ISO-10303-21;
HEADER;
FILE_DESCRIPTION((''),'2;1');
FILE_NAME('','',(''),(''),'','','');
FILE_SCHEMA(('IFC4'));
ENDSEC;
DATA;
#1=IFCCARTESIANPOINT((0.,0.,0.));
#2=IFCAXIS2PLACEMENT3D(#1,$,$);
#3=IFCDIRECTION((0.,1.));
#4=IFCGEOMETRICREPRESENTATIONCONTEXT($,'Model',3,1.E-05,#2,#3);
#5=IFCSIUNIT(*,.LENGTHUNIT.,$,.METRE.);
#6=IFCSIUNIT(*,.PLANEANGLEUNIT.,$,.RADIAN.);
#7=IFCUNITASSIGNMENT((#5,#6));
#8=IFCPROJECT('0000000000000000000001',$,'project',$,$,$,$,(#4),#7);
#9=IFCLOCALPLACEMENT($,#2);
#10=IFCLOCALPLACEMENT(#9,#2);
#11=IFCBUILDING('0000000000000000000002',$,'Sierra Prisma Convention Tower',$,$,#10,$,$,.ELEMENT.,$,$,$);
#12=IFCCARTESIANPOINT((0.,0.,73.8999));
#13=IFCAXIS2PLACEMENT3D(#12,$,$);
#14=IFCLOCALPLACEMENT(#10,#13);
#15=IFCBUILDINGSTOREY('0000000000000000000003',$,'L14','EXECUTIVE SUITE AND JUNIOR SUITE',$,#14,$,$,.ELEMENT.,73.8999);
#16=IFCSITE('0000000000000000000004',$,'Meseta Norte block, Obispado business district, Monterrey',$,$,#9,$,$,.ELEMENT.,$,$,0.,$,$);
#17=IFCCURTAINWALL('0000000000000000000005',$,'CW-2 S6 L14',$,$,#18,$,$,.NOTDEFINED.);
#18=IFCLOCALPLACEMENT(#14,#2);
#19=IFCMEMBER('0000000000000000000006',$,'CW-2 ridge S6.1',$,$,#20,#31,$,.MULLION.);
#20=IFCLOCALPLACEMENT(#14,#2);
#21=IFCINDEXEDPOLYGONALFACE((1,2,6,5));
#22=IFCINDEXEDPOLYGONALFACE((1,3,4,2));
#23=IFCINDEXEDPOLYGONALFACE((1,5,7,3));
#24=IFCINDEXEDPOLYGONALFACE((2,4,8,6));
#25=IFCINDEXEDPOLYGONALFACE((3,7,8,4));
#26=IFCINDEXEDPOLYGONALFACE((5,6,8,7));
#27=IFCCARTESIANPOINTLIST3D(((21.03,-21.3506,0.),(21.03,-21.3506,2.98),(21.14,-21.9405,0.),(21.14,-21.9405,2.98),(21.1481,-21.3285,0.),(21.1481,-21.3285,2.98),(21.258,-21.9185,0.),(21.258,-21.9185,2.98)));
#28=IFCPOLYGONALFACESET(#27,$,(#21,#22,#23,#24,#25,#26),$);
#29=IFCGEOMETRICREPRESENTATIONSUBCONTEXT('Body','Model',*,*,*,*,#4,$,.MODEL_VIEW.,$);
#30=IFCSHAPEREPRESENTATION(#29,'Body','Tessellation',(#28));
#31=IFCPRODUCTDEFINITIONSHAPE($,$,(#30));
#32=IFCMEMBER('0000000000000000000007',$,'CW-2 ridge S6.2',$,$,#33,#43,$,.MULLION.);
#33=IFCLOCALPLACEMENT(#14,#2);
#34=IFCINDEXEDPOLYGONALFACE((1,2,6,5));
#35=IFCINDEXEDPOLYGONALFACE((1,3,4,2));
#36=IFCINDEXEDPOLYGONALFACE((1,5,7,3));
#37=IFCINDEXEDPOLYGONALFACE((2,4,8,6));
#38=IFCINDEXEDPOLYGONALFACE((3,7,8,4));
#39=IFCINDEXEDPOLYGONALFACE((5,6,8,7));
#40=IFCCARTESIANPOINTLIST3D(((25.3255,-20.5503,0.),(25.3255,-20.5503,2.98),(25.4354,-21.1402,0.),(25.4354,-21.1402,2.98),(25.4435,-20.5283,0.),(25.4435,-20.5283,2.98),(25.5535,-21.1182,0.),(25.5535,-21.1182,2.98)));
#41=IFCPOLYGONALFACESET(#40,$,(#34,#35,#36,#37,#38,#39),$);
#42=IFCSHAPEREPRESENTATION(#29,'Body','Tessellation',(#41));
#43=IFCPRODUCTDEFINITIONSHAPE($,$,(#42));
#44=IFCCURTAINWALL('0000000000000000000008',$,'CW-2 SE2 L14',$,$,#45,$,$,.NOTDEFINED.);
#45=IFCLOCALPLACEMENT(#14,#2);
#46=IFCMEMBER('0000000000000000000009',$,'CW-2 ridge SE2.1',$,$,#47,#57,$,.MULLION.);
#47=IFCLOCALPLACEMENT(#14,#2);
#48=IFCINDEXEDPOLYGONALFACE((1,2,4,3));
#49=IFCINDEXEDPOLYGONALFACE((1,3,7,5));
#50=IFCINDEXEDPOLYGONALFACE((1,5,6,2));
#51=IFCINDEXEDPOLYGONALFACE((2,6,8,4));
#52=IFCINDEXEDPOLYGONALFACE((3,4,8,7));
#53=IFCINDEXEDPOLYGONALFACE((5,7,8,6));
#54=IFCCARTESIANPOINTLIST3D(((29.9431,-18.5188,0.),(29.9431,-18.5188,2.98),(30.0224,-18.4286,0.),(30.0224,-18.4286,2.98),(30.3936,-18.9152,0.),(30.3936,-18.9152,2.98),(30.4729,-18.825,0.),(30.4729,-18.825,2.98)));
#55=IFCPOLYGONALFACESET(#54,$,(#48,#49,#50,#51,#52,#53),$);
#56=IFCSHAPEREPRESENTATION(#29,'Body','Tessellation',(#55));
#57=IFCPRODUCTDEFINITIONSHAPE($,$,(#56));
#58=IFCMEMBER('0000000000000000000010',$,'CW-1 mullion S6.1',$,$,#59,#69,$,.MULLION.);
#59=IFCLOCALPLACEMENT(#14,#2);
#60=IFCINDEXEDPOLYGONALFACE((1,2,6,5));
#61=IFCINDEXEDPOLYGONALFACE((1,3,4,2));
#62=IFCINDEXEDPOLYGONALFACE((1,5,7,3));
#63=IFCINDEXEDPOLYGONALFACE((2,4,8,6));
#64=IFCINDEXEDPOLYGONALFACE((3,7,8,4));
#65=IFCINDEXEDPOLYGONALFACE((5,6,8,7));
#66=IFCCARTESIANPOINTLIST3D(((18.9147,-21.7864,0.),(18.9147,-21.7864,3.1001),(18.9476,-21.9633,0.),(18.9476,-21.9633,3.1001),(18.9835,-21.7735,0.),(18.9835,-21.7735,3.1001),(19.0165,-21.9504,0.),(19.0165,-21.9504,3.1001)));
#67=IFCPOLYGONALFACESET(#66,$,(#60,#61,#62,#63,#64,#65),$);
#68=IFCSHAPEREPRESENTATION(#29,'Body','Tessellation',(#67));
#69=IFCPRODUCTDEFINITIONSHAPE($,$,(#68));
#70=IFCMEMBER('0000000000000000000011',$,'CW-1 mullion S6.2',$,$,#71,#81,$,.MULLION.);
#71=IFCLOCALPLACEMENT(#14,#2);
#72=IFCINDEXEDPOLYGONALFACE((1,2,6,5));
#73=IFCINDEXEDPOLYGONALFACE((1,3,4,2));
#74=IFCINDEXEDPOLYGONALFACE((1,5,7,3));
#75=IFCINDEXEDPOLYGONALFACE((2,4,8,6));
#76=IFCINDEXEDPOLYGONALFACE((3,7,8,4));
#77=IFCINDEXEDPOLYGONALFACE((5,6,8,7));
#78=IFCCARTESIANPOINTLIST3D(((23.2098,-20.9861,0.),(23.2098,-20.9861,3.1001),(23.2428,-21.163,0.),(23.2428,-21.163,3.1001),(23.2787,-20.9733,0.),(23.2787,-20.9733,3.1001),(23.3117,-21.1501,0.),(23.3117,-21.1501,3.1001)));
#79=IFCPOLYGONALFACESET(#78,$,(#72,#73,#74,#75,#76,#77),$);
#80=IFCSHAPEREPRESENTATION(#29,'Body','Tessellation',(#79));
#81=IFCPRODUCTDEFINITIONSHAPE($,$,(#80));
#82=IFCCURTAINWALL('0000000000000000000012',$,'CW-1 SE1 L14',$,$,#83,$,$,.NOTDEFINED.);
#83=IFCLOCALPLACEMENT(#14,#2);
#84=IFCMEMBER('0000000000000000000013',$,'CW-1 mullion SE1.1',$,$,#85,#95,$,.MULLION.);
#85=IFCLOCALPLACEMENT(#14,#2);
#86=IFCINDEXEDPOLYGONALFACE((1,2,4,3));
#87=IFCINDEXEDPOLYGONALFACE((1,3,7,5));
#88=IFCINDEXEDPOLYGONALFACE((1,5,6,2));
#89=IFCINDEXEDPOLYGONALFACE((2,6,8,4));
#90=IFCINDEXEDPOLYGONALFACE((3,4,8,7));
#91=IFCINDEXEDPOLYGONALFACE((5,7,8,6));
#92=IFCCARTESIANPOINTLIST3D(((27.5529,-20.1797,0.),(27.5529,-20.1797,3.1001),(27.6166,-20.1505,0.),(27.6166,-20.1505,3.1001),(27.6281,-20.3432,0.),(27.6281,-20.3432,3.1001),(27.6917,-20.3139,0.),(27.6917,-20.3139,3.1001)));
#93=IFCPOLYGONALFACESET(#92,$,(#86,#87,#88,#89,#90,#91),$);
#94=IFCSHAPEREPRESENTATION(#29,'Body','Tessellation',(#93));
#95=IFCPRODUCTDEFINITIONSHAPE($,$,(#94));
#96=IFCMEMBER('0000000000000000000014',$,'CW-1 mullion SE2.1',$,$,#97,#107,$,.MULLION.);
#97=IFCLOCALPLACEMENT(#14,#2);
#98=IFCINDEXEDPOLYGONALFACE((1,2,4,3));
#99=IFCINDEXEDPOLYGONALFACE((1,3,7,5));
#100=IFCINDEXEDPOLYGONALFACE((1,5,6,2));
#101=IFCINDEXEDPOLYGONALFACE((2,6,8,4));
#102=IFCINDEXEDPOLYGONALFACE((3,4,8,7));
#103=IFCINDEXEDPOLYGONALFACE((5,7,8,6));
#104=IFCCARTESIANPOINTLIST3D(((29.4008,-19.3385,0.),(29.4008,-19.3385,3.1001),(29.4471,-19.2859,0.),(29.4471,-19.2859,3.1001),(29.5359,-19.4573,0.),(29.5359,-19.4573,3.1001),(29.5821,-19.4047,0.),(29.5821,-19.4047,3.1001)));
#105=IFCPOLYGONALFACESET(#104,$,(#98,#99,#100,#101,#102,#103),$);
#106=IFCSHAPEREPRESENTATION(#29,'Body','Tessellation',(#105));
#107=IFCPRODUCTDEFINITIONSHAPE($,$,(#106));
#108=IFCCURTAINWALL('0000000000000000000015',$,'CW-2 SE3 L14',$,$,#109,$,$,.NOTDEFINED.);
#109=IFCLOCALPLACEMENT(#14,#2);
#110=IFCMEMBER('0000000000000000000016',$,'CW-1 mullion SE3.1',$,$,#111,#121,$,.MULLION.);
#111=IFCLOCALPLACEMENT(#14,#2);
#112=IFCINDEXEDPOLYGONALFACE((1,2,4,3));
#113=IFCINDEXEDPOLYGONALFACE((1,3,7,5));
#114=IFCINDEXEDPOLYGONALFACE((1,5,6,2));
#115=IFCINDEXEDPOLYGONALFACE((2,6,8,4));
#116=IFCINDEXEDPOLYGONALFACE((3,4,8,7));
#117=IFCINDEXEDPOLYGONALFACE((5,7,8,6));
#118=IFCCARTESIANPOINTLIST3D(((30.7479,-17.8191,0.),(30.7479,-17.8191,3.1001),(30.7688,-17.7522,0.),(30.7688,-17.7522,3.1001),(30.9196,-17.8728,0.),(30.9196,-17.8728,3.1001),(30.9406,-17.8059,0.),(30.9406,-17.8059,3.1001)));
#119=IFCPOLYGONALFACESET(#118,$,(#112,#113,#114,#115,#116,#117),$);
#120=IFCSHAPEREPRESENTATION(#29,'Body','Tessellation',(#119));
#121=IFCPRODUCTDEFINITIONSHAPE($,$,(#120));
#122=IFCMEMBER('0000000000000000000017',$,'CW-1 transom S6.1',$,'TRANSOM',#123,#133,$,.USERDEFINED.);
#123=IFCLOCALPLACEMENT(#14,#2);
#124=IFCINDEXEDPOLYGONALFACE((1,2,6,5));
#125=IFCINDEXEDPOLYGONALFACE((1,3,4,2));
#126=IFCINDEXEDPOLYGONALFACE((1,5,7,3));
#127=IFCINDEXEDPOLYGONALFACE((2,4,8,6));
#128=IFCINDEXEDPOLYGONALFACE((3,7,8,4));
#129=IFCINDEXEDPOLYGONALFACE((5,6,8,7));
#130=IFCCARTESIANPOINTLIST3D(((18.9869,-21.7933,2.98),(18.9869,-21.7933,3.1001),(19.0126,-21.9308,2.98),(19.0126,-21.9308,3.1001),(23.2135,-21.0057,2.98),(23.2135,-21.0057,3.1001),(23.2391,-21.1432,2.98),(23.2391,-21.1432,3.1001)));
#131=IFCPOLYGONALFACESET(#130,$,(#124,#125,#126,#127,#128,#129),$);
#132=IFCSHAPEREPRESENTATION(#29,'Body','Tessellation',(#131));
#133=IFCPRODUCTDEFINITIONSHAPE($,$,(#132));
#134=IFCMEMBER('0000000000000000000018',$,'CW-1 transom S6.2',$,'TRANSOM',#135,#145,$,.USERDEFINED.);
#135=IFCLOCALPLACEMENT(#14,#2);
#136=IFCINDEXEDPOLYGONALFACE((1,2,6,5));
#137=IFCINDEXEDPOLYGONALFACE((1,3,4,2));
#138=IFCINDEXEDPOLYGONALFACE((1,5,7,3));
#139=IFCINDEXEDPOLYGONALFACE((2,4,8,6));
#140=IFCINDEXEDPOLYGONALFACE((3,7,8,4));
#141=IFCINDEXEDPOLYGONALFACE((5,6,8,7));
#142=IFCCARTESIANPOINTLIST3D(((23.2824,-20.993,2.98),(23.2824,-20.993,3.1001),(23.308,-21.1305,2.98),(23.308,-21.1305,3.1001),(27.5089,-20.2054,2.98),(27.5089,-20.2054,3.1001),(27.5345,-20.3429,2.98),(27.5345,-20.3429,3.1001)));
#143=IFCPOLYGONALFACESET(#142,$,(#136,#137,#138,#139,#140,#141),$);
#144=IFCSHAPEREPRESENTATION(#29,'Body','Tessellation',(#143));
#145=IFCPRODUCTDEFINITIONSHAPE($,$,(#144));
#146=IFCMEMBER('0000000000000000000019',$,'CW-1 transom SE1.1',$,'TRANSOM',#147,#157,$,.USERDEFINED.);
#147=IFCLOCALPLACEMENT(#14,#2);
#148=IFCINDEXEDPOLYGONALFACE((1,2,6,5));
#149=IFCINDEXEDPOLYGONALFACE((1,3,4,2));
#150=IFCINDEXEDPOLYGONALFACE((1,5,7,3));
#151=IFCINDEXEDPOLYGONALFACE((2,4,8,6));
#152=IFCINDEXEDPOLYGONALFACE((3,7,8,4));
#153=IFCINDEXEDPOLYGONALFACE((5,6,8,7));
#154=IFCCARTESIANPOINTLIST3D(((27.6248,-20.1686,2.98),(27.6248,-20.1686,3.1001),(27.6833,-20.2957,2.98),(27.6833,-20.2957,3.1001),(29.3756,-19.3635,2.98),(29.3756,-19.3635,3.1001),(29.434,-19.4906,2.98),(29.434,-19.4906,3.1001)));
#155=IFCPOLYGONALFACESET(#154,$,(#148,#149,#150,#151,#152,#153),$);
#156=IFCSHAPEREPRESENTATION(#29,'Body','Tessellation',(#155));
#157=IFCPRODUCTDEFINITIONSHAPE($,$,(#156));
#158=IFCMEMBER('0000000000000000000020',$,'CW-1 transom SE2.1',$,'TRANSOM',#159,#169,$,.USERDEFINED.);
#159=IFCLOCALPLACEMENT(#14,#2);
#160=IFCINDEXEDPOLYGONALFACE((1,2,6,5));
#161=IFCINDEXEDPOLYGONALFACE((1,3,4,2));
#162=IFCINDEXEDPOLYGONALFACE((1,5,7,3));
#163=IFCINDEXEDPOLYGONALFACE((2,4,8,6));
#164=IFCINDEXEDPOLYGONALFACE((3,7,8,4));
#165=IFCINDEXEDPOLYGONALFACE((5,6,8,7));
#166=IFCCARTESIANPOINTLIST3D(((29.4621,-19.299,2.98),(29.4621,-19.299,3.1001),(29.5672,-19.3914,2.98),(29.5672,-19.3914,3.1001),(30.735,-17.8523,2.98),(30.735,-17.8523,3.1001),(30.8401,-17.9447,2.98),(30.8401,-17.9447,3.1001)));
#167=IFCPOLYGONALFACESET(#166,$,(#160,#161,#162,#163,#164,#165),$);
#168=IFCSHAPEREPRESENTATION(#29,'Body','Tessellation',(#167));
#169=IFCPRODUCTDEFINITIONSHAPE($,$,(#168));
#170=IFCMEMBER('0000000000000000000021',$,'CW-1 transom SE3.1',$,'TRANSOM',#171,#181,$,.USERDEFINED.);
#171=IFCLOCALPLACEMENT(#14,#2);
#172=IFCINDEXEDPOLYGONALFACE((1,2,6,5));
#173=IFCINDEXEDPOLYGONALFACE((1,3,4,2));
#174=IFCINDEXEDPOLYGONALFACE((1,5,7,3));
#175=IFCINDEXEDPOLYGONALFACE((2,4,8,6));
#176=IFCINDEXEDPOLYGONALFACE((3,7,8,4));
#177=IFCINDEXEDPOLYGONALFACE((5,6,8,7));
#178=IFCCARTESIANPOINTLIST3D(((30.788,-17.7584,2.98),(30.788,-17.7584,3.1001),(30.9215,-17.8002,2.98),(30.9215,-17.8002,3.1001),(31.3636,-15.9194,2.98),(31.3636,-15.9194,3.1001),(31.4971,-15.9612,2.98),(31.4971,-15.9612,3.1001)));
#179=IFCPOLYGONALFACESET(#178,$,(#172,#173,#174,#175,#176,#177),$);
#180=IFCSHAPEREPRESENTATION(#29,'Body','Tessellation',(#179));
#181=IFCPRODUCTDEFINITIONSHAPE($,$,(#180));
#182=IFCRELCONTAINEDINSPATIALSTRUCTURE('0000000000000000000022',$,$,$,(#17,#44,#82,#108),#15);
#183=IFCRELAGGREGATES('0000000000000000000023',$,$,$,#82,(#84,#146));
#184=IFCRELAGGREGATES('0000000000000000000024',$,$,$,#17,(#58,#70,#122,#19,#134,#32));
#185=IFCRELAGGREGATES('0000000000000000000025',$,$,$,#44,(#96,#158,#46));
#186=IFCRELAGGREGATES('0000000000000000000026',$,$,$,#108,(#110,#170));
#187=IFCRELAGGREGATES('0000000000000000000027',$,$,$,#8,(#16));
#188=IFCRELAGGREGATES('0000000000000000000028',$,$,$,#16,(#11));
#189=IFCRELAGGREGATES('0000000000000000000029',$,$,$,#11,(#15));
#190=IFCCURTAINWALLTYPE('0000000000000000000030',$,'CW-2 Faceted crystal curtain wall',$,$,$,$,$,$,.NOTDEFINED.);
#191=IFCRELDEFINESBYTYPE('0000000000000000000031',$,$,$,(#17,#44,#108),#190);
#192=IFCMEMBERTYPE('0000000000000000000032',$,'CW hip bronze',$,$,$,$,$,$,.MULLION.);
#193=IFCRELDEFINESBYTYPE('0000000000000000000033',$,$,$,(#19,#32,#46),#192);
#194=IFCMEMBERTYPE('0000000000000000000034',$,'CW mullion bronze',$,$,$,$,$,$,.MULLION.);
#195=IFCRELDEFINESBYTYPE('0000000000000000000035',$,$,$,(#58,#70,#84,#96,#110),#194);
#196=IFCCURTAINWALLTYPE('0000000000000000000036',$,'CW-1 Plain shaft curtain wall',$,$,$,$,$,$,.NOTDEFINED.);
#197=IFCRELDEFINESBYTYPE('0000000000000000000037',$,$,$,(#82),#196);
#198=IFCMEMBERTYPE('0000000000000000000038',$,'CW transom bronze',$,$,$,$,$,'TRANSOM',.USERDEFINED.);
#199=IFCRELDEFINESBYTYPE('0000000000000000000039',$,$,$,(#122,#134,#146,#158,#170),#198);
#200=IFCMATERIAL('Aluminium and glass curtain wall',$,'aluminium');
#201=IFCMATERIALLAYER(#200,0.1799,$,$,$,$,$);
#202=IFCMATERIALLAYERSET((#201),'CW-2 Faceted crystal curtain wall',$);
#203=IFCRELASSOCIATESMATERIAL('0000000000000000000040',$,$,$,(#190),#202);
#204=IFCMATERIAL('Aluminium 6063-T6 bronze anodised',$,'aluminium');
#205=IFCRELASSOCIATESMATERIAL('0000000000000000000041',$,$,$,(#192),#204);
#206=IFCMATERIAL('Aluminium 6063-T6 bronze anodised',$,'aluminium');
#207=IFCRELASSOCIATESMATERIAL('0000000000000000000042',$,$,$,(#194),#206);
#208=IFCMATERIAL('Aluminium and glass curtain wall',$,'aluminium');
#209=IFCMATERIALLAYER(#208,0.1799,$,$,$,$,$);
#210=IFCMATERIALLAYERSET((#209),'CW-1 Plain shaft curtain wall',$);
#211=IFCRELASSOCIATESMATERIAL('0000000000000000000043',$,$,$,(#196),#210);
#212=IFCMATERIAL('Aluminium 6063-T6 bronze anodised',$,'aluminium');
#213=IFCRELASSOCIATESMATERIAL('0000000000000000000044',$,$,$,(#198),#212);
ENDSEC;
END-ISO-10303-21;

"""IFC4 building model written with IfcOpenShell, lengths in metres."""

from ifc_helpers import new_model, si_unit, direction, frame, origin, origin_2d, place, context, subcontext, project, spatial, rectangle, extrude, material, layer, layer_set, material_profile, profile_set, type_object, element, aggregate, save


model = new_model("IFC4")

# Units and contexts
model_context = context("Model", 3, precision=1e-05, world=origin(), true_north=direction((0.0, 1.0)))
body_context = subcontext(model_context, "Body", "Model", "MODEL_VIEW")
ifc_project = project(units=[si_unit("LENGTHUNIT", "METRE"), si_unit("PLANEANGLEUNIT", "RADIAN")], contexts=[model_context])

# Site, building, storey
site_placement = place(None, origin())
site = spatial("IfcSite", under=ifc_project, at=site_placement, Name="Meseta Norte block, Obispado business district, Monterrey", CompositionType="ELEMENT", RefElevation=0.0)
building_placement = place(site_placement, origin())
building = spatial("IfcBuilding", under=site, at=building_placement, Name="Sierra Prisma Convention Tower", CompositionType="ELEMENT")
storey_placement = place(building_placement, frame((0.0, 0.0, 73.8999)))
storey = spatial("IfcBuildingStorey", under=building, at=storey_placement, Name="L14", Description="EXECUTIVE SUITE AND JUNIOR SUITE", CompositionType="ELEMENT", Elevation=73.8999)

# Curtain wall, members
ifc_material_1 = material(Name="Aluminium and glass curtain wall", Category="aluminium")
ifc_layer_1 = layer(ifc_material_1, 0.1799)
ifc_layer_set_1 = layer_set([ifc_layer_1], Name="CW-2 Faceted crystal curtain wall")
curtain_wall_type_1 = type_object("IfcCurtainWallType", Name="CW-2 Faceted crystal curtain wall", PredefinedType="NOTDEFINED", material=ifc_layer_set_1)
curtain_wall_1_placement = place(storey_placement, origin())
curtain_wall_1 = element("IfcCurtainWall", 1, at=curtain_wall_1_placement, inside=storey, type_object=curtain_wall_type_1, Name="CW-2 S6 L14", PredefinedType="NOTDEFINED")
ifc_material_2 = material(Name="Aluminium 6063-T6 bronze anodised", Category="aluminium")
ifc_material_profile_1 = material_profile(ifc_material_2, rectangle(XDim=0.1201, YDim=0.6001, at=origin_2d()), Name="ALU RIDGE BLADE 120x600")
ifc_profile_set_1 = profile_set([ifc_material_profile_1], Name="Aluminium 6063-T6 bronze anodised")
member_type_1 = type_object("IfcMemberType", Name="CW hip bronze", PredefinedType="MULLION", material=ifc_profile_set_1)
member_1_placement = place(storey_placement, frame((21.144, -21.6345, 0.0), z_axis=(0.0, 0.0, 1.0), x_axis=(0.983081, 0.183171, 0.0)))
member_1 = element("IfcMember", 2, at=member_1_placement, type_object=member_type_1, Name="CW-2 ridge S6.1", PredefinedType="MULLION", context=body_context, shape_type="SweptSolid", body=[
    extrude(rectangle(XDim=0.1201, YDim=0.6001, at=origin_2d()), origin(), (0.0, 0.0, 1.0), 2.98),
])
member_2_placement = place(storey_placement, frame((25.4395, -20.8342, 0.0), z_axis=(0.0, 0.0, 1.0), x_axis=(0.983081, 0.183171, 0.0)))
member_2 = element("IfcMember", 3, at=member_2_placement, type_object=member_type_1, Name="CW-2 ridge S6.2", PredefinedType="MULLION", context=body_context, shape_type="SweptSolid", body=[
    extrude(rectangle(XDim=0.1201, YDim=0.6001, at=origin_2d()), origin(), (0.0, 0.0, 1.0), 2.98),
])

# Curtain wall, member
curtain_wall_2_placement = place(storey_placement, origin())
curtain_wall_2 = element("IfcCurtainWall", 4, at=curtain_wall_2_placement, inside=storey, type_object=curtain_wall_type_1, Name="CW-2 SE2 L14", PredefinedType="NOTDEFINED")
member_3_placement = place(storey_placement, frame((30.208, -18.6719, 0.0), z_axis=(0.0, 0.0, 1.0), x_axis=(0.660568, 0.750766, 0.0)))
member_3 = element("IfcMember", 5, at=member_3_placement, type_object=member_type_1, Name="CW-2 ridge SE2.1", PredefinedType="MULLION", context=body_context, shape_type="SweptSolid", body=[
    extrude(rectangle(XDim=0.1201, YDim=0.6001, at=origin_2d()), origin(), (0.0, 0.0, 1.0), 2.98),
])

# Members
ifc_material_3 = material(Name="Aluminium 6063-T6 bronze anodised", Category="aluminium")
ifc_material_profile_2 = material_profile(ifc_material_3, rectangle(XDim=0.1799, YDim=0.0701, at=origin_2d()), Name="ALU MULLION 70x180")
ifc_profile_set_2 = profile_set([ifc_material_profile_2], Name="Aluminium 6063-T6 bronze anodised")
member_type_2 = type_object("IfcMemberType", Name="CW mullion bronze", PredefinedType="MULLION", material=ifc_profile_set_2)
member_4_placement = place(storey_placement, frame((18.9656, -21.8684, 0.0), z_axis=(0.0, 0.0, 1.0), x_axis=(-0.183171, 0.983081, 0.0)))
member_4 = element("IfcMember", 6, at=member_4_placement, type_object=member_type_2, Name="CW-1 mullion S6.1", PredefinedType="MULLION", context=body_context, shape_type="SweptSolid", body=[
    extrude(rectangle(XDim=0.1799, YDim=0.0701, at=origin_2d()), origin(), (0.0, 0.0, 1.0), 3.1001),
])
member_5_placement = place(storey_placement, frame((23.2607, -21.0681, 0.0), z_axis=(0.0, 0.0, 1.0), x_axis=(-0.183171, 0.983081, 0.0)))
member_5 = element("IfcMember", 7, at=member_5_placement, type_object=member_type_2, Name="CW-1 mullion S6.2", PredefinedType="MULLION", context=body_context, shape_type="SweptSolid", body=[
    extrude(rectangle(XDim=0.1799, YDim=0.0701, at=origin_2d()), origin(), (0.0, 0.0, 1.0), 3.1001),
])

# Curtain wall, member
ifc_material_4 = material(Name="Aluminium and glass curtain wall", Category="aluminium")
ifc_layer_2 = layer(ifc_material_4, 0.1799)
ifc_layer_set_2 = layer_set([ifc_layer_2], Name="CW-1 Plain shaft curtain wall")
curtain_wall_type_2 = type_object("IfcCurtainWallType", Name="CW-1 Plain shaft curtain wall", PredefinedType="NOTDEFINED", material=ifc_layer_set_2)
curtain_wall_3_placement = place(storey_placement, origin())
curtain_wall_3 = element("IfcCurtainWall", 8, at=curtain_wall_3_placement, inside=storey, type_object=curtain_wall_type_2, Name="CW-1 SE1 L14", PredefinedType="NOTDEFINED")
member_6_placement = place(storey_placement, frame((27.6223, -20.2468, 0.0), z_axis=(0.0, 0.0, 1.0), x_axis=(-0.417788, 0.908544, 0.0)))
member_6 = element("IfcMember", 9, at=member_6_placement, type_object=member_type_2, Name="CW-1 mullion SE1.1", PredefinedType="MULLION", context=body_context, shape_type="SweptSolid", body=[
    extrude(rectangle(XDim=0.1799, YDim=0.0701, at=origin_2d()), origin(), (0.0, 0.0, 1.0), 3.1001),
])

# Member
member_7_placement = place(storey_placement, frame((29.4915, -19.3716, 0.0), z_axis=(0.0, 0.0, 1.0), x_axis=(-0.750766, 0.660568, 0.0)))
member_7 = element("IfcMember", 10, at=member_7_placement, type_object=member_type_2, Name="CW-1 mullion SE2.1", PredefinedType="MULLION", context=body_context, shape_type="SweptSolid", body=[
    extrude(rectangle(XDim=0.1799, YDim=0.0701, at=origin_2d()), origin(), (0.0, 0.0, 1.0), 3.1001),
])

# Curtain wall, member
curtain_wall_4_placement = place(storey_placement, origin())
curtain_wall_4 = element("IfcCurtainWall", 11, at=curtain_wall_4_placement, inside=storey, type_object=curtain_wall_type_1, Name="CW-2 SE3 L14", PredefinedType="NOTDEFINED")
member_8_placement = place(storey_placement, frame((30.8442, -17.8125, 0.0), z_axis=(0.0, 0.0, 1.0), x_axis=(-0.954337, 0.298732, 0.0)))
member_8 = element("IfcMember", 12, at=member_8_placement, type_object=member_type_2, Name="CW-1 mullion SE3.1", PredefinedType="MULLION", context=body_context, shape_type="SweptSolid", body=[
    extrude(rectangle(XDim=0.1799, YDim=0.0701, at=origin_2d()), origin(), (0.0, 0.0, 1.0), 3.1001),
])

# Members
ifc_material_5 = material(Name="Aluminium 6063-T6 bronze anodised", Category="aluminium")
ifc_material_profile_3 = material_profile(ifc_material_5, rectangle(XDim=0.1399, YDim=0.1201, at=origin_2d()), Name="ALU TRANSOM 120x140")
ifc_profile_set_3 = profile_set([ifc_material_profile_3], Name="Aluminium 6063-T6 bronze anodised")
member_type_3 = type_object("IfcMemberType", Name="CW transom bronze", ElementType="TRANSOM", PredefinedType="USERDEFINED", material=ifc_profile_set_3)
member_9_placement = place(storey_placement, frame((18.9998, -21.8621, 3.04), z_axis=(0.983077, 0.183191, 0.0), x_axis=(-0.183191, 0.983077, 0.0)))
member_9 = element("IfcMember", 13, at=member_9_placement, type_object=member_type_3, Name="CW-1 transom S6.1", ObjectType="TRANSOM", PredefinedType="USERDEFINED", context=body_context, shape_type="SweptSolid", body=[
    extrude(rectangle(XDim=0.1399, YDim=0.1201, at=origin_2d()), origin(), (0.0, 0.0, 1.0), 4.2993),
])
member_10_placement = place(storey_placement, frame((23.2952, -21.0618, 3.04), z_axis=(0.983077, 0.183191, 0.0), x_axis=(-0.183191, 0.983077, 0.0)))
member_10 = element("IfcMember", 14, at=member_10_placement, type_object=member_type_3, Name="CW-1 transom S6.2", ObjectType="TRANSOM", PredefinedType="USERDEFINED", context=body_context, shape_type="SweptSolid", body=[
    extrude(rectangle(XDim=0.1399, YDim=0.1201, at=origin_2d()), origin(), (0.0, 0.0, 1.0), 4.2993),
])
member_11_placement = place(storey_placement, frame((27.6541, -20.2322, 3.04), z_axis=(0.908522, 0.417837, 0.0), x_axis=(-0.417837, 0.908522, 0.0)))
member_11 = element("IfcMember", 15, at=member_11_placement, type_object=member_type_3, Name="CW-1 transom SE1.1", ObjectType="TRANSOM", PredefinedType="USERDEFINED", context=body_context, shape_type="SweptSolid", body=[
    extrude(rectangle(XDim=0.1399, YDim=0.1201, at=origin_2d()), origin(), (0.0, 0.0, 1.0), 1.927),
])
member_12_placement = place(storey_placement, frame((29.5146, -19.3452, 3.04), z_axis=(0.660565, 0.750769, 0.0), x_axis=(-0.750769, 0.660565, 0.0)))
member_12 = element("IfcMember", 16, at=member_12_placement, type_object=member_type_3, Name="CW-1 transom SE2.1", ObjectType="TRANSOM", PredefinedType="USERDEFINED", context=body_context, shape_type="SweptSolid", body=[
    extrude(rectangle(XDim=0.1399, YDim=0.1201, at=origin_2d()), origin(), (0.0, 0.0, 1.0), 1.927),
])
member_13_placement = place(storey_placement, frame((30.8547, -17.7793, 3.04), z_axis=(0.298729, 0.954338, 0.0), x_axis=(-0.954338, 0.298729, 0.0)))
member_13 = element("IfcMember", 17, at=member_13_placement, type_object=member_type_3, Name="CW-1 transom SE3.1", ObjectType="TRANSOM", PredefinedType="USERDEFINED", context=body_context, shape_type="SweptSolid", body=[
    extrude(rectangle(XDim=0.1399, YDim=0.1201, at=origin_2d()), origin(), (0.0, 0.0, 1.0), 1.927),
])

aggregate(curtain_wall_3, [member_6, member_11])
aggregate(curtain_wall_1, [member_4, member_5, member_9, member_1, member_10, member_2])
aggregate(curtain_wall_2, [member_7, member_12, member_3])
aggregate(curtain_wall_4, [member_8, member_13])

save(model, "model.ifc")
